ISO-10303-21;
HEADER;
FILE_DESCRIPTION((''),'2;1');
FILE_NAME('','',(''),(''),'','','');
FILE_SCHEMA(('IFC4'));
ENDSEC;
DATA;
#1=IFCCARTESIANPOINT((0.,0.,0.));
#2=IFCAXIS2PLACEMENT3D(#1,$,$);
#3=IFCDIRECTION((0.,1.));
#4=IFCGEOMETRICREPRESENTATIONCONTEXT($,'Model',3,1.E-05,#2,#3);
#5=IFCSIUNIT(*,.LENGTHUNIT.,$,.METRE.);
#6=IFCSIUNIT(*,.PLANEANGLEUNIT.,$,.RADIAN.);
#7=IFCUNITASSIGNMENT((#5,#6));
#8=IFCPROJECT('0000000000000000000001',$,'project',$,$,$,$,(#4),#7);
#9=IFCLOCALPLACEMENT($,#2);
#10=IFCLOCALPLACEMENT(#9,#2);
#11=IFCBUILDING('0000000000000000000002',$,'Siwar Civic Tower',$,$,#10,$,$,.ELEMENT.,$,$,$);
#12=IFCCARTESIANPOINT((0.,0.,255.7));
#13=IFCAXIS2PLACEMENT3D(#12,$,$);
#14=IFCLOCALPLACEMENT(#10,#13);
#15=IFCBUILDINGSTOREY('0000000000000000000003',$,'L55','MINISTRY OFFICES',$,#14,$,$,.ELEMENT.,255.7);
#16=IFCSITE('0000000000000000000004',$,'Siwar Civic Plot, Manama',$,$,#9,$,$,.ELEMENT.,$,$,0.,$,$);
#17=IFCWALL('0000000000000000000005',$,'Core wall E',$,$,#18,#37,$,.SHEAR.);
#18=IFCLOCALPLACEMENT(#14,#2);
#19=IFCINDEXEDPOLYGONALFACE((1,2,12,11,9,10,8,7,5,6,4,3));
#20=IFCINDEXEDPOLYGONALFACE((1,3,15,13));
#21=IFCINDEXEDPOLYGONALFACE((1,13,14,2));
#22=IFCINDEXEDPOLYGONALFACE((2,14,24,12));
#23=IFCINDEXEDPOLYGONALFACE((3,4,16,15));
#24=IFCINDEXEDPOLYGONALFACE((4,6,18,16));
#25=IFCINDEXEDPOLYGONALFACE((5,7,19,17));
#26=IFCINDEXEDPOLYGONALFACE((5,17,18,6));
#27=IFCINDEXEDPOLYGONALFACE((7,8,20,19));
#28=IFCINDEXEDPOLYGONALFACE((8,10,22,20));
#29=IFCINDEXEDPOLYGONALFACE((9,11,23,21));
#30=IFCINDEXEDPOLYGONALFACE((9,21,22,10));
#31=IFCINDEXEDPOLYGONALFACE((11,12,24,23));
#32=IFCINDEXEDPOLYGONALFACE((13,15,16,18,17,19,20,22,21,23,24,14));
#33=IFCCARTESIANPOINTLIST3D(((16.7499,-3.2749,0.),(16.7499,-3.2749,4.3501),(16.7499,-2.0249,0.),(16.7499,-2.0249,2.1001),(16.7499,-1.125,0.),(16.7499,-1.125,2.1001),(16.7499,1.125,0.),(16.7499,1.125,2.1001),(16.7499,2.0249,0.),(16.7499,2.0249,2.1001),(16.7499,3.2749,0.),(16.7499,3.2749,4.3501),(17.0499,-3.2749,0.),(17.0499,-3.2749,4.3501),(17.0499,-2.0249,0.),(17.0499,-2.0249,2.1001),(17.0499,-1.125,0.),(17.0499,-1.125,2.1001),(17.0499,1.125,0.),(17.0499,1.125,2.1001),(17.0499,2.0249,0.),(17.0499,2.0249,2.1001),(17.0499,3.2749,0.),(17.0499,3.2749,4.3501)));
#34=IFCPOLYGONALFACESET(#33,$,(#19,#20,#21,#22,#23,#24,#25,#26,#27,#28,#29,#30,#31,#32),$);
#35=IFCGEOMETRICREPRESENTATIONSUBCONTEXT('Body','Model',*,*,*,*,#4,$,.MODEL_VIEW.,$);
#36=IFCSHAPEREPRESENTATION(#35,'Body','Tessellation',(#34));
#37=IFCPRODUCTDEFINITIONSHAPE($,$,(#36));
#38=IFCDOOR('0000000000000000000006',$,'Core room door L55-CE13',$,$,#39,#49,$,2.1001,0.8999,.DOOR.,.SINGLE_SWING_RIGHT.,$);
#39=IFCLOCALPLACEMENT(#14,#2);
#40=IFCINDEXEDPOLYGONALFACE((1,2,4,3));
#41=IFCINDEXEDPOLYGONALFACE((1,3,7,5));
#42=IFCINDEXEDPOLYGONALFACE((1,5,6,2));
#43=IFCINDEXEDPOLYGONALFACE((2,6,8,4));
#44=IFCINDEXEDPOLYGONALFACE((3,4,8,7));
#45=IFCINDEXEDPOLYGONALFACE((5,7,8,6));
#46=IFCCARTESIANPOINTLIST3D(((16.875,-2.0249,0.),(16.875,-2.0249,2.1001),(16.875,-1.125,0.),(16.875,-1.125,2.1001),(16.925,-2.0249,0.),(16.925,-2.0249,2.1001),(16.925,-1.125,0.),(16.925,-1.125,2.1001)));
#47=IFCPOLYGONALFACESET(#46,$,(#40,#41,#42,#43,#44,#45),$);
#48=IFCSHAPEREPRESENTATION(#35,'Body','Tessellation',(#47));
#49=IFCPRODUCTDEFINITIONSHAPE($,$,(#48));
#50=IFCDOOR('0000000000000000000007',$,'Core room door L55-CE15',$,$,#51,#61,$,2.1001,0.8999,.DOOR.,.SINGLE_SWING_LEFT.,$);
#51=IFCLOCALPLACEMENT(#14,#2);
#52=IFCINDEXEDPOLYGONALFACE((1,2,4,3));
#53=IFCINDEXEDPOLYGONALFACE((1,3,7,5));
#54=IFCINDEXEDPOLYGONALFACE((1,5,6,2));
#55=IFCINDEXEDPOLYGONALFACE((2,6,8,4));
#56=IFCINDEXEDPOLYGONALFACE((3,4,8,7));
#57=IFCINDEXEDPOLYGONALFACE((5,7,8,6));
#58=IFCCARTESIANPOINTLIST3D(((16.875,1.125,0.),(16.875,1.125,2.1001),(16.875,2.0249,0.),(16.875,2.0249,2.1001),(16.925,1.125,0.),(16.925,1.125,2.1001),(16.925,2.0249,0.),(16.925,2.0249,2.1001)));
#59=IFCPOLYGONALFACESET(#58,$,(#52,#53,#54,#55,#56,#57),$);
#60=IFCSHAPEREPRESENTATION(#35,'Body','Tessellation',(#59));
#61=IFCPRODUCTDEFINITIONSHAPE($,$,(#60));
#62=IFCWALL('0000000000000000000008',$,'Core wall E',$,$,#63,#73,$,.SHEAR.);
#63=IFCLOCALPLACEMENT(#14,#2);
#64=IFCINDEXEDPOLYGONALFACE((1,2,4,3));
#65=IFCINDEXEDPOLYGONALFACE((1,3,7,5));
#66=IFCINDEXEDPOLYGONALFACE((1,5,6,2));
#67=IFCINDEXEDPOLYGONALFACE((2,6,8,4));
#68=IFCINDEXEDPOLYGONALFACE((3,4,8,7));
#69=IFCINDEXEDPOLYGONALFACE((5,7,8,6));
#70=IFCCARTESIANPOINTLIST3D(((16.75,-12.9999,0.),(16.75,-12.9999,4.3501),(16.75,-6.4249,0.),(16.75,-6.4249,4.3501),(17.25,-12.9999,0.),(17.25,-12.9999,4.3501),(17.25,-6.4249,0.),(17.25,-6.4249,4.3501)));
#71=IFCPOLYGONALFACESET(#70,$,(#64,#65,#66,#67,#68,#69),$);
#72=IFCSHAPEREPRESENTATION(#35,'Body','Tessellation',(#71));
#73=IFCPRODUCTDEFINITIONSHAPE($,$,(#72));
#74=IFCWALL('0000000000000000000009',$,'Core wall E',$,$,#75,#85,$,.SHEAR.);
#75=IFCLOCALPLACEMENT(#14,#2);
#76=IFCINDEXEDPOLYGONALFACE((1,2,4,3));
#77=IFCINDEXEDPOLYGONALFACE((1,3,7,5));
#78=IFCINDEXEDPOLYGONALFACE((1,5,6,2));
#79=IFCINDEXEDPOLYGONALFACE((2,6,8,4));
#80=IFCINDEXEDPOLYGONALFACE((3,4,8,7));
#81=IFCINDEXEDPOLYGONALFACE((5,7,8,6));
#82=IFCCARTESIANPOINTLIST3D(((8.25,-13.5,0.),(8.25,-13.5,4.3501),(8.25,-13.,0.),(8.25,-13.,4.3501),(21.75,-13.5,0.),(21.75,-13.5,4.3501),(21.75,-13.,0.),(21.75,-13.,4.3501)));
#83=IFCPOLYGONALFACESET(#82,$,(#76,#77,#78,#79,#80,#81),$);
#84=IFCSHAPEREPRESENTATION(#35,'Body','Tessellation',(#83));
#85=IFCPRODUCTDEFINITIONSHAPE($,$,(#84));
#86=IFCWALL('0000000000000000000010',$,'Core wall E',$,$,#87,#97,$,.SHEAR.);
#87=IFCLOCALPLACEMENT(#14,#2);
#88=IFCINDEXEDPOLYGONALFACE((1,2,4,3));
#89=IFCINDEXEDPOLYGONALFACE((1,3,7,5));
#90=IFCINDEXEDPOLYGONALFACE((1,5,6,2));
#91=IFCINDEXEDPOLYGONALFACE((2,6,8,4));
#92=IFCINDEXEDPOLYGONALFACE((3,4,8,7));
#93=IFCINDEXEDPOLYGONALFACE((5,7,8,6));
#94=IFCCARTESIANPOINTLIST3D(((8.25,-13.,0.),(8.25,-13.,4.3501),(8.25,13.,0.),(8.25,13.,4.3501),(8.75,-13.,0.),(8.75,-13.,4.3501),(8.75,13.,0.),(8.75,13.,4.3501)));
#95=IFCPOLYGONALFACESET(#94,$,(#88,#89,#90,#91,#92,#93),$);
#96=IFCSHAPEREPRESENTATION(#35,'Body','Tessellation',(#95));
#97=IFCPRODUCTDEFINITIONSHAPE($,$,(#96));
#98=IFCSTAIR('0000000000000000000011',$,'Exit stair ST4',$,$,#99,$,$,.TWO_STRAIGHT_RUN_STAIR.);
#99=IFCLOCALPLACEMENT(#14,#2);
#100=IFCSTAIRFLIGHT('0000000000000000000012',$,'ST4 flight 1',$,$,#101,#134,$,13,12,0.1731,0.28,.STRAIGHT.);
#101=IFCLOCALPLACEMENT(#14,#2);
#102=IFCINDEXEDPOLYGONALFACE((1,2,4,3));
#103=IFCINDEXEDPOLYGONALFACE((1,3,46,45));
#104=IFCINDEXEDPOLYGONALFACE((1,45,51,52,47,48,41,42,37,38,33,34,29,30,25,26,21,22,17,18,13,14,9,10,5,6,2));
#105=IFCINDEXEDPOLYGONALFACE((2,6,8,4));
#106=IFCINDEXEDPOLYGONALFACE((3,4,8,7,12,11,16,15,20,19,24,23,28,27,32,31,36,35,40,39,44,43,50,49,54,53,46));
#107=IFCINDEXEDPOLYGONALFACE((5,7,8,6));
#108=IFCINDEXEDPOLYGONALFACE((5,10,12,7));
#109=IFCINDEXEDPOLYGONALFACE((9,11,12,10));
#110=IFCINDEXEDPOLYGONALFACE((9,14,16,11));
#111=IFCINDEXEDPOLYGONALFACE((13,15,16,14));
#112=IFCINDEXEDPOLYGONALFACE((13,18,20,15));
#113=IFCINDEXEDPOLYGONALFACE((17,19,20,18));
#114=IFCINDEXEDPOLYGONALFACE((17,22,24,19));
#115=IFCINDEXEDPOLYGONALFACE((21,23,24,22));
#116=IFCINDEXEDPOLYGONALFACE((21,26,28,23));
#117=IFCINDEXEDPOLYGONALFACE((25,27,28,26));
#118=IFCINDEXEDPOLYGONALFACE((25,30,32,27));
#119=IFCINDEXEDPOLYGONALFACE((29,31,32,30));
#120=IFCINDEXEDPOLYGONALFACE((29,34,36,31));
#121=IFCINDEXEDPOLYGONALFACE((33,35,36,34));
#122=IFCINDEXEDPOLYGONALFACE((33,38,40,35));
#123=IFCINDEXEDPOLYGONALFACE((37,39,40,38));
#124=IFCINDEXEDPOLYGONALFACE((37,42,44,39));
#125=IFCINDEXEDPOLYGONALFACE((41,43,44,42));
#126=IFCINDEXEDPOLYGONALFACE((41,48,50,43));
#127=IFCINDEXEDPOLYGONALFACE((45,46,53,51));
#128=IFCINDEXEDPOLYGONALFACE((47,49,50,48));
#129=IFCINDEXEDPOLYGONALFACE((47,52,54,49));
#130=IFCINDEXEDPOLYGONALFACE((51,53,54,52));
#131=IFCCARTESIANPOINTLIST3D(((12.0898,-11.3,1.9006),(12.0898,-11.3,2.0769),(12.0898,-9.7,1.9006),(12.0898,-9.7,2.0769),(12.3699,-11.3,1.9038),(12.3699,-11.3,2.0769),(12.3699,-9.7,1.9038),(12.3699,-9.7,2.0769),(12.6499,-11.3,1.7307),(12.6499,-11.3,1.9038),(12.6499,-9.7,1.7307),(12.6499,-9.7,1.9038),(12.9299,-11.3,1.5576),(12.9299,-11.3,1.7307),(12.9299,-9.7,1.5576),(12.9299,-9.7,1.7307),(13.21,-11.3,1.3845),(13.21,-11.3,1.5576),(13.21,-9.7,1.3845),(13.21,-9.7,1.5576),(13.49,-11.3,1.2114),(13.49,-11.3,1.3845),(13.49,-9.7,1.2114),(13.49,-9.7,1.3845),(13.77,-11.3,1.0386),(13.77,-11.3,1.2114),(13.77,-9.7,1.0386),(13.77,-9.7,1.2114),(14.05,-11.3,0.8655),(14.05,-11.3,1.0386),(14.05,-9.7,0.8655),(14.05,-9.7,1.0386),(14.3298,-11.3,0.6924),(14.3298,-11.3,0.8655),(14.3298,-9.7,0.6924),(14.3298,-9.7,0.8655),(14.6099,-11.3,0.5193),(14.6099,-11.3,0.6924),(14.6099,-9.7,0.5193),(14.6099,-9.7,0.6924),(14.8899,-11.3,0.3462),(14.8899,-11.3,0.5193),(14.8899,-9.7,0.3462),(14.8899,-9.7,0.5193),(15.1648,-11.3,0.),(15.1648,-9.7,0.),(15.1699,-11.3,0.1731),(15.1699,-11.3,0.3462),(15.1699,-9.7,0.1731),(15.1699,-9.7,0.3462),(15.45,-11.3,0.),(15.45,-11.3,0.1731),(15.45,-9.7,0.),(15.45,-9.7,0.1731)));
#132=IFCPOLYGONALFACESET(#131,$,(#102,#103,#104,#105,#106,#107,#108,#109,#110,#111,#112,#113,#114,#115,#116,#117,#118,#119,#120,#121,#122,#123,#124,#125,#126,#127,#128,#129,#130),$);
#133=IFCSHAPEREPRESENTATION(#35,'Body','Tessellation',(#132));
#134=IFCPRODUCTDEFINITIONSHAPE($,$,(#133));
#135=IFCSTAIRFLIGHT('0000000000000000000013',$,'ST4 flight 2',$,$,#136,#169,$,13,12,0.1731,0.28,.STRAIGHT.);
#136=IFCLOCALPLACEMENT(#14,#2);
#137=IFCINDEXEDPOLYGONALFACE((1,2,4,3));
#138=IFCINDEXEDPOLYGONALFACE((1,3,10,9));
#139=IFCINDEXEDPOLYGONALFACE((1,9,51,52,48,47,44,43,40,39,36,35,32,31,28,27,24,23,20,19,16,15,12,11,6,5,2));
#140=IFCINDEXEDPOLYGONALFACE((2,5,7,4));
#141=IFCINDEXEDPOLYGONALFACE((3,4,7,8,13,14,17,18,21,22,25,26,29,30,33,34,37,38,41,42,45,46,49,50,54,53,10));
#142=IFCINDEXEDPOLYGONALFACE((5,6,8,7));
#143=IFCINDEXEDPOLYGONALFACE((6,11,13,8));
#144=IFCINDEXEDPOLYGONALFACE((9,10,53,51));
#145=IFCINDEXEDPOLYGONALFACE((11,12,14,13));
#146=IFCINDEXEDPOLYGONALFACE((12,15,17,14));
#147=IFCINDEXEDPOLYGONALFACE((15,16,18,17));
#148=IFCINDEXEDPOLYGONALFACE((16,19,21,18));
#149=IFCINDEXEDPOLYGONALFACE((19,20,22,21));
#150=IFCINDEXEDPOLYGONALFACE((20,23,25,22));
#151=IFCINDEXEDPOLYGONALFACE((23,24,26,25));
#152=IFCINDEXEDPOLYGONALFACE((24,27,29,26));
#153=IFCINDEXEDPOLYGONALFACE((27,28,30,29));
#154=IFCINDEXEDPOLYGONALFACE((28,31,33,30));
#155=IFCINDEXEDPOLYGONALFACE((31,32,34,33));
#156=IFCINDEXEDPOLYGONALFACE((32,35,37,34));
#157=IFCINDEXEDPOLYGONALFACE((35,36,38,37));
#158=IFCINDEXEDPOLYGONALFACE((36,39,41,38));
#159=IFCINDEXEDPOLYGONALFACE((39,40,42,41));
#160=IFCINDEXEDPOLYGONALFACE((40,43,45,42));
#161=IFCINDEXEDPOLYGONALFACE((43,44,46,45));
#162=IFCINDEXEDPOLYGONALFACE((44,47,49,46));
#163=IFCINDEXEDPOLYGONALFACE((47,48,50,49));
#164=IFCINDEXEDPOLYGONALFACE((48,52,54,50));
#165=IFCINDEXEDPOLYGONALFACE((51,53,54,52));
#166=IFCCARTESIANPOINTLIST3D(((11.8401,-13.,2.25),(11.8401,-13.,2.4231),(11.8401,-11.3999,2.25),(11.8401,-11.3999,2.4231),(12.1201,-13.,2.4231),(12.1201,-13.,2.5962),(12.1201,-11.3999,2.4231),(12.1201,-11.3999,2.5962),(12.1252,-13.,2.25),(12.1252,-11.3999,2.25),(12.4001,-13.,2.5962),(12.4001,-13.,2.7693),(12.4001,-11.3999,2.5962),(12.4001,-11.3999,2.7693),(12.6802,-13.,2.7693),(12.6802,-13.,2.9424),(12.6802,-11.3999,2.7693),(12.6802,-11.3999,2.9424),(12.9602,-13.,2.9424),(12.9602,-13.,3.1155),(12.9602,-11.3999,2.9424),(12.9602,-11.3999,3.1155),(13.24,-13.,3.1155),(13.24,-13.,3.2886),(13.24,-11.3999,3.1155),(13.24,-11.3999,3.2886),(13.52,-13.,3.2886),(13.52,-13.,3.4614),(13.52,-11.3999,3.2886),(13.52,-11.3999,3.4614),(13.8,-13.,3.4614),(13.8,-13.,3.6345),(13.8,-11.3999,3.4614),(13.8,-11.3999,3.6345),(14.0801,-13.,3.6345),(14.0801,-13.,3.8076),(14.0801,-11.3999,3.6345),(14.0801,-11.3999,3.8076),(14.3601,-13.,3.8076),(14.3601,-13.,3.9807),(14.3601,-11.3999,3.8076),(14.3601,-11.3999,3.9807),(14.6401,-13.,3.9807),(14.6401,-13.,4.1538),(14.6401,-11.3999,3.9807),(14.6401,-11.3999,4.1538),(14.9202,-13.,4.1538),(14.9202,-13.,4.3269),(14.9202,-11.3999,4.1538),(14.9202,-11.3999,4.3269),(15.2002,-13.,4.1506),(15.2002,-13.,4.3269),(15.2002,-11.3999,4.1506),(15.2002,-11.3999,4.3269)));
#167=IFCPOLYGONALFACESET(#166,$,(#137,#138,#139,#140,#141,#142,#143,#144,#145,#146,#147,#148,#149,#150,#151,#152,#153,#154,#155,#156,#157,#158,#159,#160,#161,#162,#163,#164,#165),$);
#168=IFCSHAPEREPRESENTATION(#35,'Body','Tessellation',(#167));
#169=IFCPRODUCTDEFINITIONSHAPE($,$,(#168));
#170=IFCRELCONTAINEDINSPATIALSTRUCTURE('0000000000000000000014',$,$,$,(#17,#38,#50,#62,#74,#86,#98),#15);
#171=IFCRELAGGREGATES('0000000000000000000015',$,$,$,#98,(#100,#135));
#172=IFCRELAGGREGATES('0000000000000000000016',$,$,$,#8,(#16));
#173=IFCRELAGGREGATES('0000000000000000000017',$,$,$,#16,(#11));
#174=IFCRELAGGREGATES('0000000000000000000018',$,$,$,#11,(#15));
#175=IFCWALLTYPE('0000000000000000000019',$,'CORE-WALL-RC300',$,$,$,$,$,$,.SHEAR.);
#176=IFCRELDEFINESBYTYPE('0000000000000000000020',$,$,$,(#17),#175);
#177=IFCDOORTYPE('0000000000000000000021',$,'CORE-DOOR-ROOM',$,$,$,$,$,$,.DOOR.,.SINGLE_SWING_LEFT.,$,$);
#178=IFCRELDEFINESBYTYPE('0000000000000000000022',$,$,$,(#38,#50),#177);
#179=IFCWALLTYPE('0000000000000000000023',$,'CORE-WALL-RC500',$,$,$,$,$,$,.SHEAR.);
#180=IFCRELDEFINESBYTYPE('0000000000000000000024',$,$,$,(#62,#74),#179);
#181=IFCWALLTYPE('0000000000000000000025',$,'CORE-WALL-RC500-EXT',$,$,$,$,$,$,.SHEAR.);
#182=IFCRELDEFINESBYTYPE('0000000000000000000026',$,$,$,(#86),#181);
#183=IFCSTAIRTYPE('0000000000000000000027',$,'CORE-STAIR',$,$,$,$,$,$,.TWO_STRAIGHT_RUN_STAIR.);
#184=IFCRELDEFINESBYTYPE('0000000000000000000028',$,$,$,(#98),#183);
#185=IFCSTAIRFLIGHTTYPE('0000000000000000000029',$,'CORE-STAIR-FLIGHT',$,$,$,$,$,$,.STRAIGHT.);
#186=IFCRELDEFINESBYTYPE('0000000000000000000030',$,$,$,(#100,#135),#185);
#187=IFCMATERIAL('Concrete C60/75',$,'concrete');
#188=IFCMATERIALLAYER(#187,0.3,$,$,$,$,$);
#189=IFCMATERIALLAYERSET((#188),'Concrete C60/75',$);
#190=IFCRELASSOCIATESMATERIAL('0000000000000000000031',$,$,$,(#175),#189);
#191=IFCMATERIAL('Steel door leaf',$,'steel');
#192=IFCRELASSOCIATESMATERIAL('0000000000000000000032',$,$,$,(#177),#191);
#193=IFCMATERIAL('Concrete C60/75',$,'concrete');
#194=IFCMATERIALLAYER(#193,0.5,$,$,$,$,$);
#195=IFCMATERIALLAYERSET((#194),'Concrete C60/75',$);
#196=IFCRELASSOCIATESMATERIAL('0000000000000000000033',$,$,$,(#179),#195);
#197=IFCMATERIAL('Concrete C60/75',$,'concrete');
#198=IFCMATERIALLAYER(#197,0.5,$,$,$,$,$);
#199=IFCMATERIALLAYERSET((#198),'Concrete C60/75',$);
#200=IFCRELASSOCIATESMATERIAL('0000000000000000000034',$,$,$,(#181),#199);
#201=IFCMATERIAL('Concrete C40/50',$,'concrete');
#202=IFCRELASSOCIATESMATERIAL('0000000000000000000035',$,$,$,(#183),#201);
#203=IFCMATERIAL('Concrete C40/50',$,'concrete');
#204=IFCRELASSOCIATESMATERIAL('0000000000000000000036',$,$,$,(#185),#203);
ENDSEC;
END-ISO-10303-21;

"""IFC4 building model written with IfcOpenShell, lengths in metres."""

from ifc_helpers import new_model, si_unit, direction, frame, frame_2d, origin, place, context, subcontext, project, spatial, polyline, rectangle, outline, extrude, material, layer, layer_set, type_object, element, fill, aggregate, save


model = new_model("IFC4")

# Units and contexts
model_context = context("Model", 3, precision=1e-05, world=origin(), true_north=direction((0.0, 1.0)))
body_context = subcontext(model_context, "Body", "Model", "MODEL_VIEW")
ifc_project = project(units=[si_unit("LENGTHUNIT", "METRE"), si_unit("PLANEANGLEUNIT", "RADIAN")], contexts=[model_context])

# Site, building, storey
site_placement = place(None, origin())
site = spatial("IfcSite", under=ifc_project, at=site_placement, Name="Siwar Civic Plot, Manama", CompositionType="ELEMENT", RefElevation=0.0)
building_placement = place(site_placement, origin())
building = spatial("IfcBuilding", under=site, at=building_placement, Name="Siwar Civic Tower", CompositionType="ELEMENT")
storey_placement = place(building_placement, frame((0.0, 0.0, 255.7)))
storey = spatial("IfcBuildingStorey", under=building, at=storey_placement, Name="L55", Description="MINISTRY OFFICES", CompositionType="ELEMENT", Elevation=255.7)

# Wall, openings, doors
ifc_material_1 = material(Name="Concrete C60/75", Category="concrete")
ifc_layer_1 = layer(ifc_material_1, 0.3)
ifc_layer_set_1 = layer_set([ifc_layer_1], Name="Concrete C60/75")
wall_type_1 = type_object("IfcWallType", Name="CORE-WALL-RC300", PredefinedType="SHEAR", material=ifc_layer_set_1)
wall_1_placement = place(storey_placement, frame((16.8999, -3.2749, 0.0), z_axis=(0.0, 0.0, 1.0), x_axis=(0.0, 1.0, 0.0)))
wall_1 = element("IfcWall", 1, at=wall_1_placement, inside=storey, type_object=wall_type_1, Name="Core wall E", PredefinedType="SHEAR", context=body_context, shape_type="SweptSolid", body=[
    extrude(rectangle(XDim=6.5498, YDim=0.3, at=frame_2d((3.2749, 0.0))), origin(), (0.0, 0.0, 1.0), 4.3501),
])
opening_1_placement = place(wall_1_placement, frame((1.25, 0.0, 0.0)))
opening_1 = element("IfcOpeningElement", 2, at=opening_1_placement, cuts=wall_1, PredefinedType="OPENING", context=body_context, shape_type="SweptSolid", body=[
    extrude(rectangle(XDim=0.8999, YDim=2.1001, at=frame_2d((0.45, 1.05))), frame((0.0, 0.1602, 0.0), z_axis=(0.0, -1.0, 0.0), x_axis=(1.0, 0.0, 0.0)), (0.0, 0.0, 1.0), 0.3201),
])
opening_2_placement = place(wall_1_placement, frame((4.3999, 0.0, 0.0)))
opening_2 = element("IfcOpeningElement", 3, at=opening_2_placement, cuts=wall_1, PredefinedType="OPENING", context=body_context, shape_type="SweptSolid", body=[
    extrude(rectangle(XDim=0.8999, YDim=2.1001, at=frame_2d((0.45, 1.05))), frame((0.0, 0.1602, 0.0), z_axis=(0.0, -1.0, 0.0), x_axis=(1.0, 0.0, 0.0)), (0.0, 0.0, 1.0), 0.3201),
])
ifc_material_2 = material(Name="Steel door leaf", Category="steel")
door_type_1 = type_object("IfcDoorType", Name="CORE-DOOR-ROOM", OperationType="SINGLE_SWING_LEFT", PredefinedType="DOOR", material=ifc_material_2)
door_1_placement = place(opening_1_placement, origin())
door_1 = element("IfcDoor", 4, at=door_1_placement, inside=storey, type_object=door_type_1, Name="Core room door L55-CE13", OperationType="SINGLE_SWING_RIGHT", OverallHeight=2.1001, OverallWidth=0.8999, PredefinedType="DOOR", context=body_context, shape_type="SweptSolid", body=[
    extrude(rectangle(XDim=0.8999, YDim=2.1001, at=frame_2d((0.45, 1.05))), frame((0.0, 0.0249, 0.0), z_axis=(0.0, -1.0, 0.0), x_axis=(1.0, 0.0, 0.0)), (0.0, 0.0, 1.0), 0.05),
])
fill(opening_1, door_1)
door_2_placement = place(opening_2_placement, origin())
door_2 = element("IfcDoor", 5, at=door_2_placement, inside=storey, type_object=door_type_1, Name="Core room door L55-CE15", OperationType="SINGLE_SWING_LEFT", OverallHeight=2.1001, OverallWidth=0.8999, PredefinedType="DOOR", context=body_context, shape_type="SweptSolid", body=[
    extrude(rectangle(XDim=0.8999, YDim=2.1001, at=frame_2d((0.45, 1.05))), frame((0.0, 0.0249, 0.0), z_axis=(0.0, -1.0, 0.0), x_axis=(1.0, 0.0, 0.0)), (0.0, 0.0, 1.0), 0.05),
])
fill(opening_2, door_2)

# Walls
ifc_material_3 = material(Name="Concrete C60/75", Category="concrete")
ifc_layer_2 = layer(ifc_material_3, 0.5)
ifc_layer_set_2 = layer_set([ifc_layer_2], Name="Concrete C60/75")
wall_type_2 = type_object("IfcWallType", Name="CORE-WALL-RC500", PredefinedType="SHEAR", material=ifc_layer_set_2)
wall_2_placement = place(storey_placement, frame((17.0, -13.0, 0.0), z_axis=(0.0, 0.0, 1.0), x_axis=(0.0, 1.0, 0.0)))
element("IfcWall", 6, at=wall_2_placement, inside=storey, type_object=wall_type_2, Name="Core wall E", PredefinedType="SHEAR", context=body_context, shape_type="SweptSolid", body=[
    extrude(rectangle(XDim=6.575, YDim=0.5, at=frame_2d((3.2876, 0.0))), origin(), (0.0, 0.0, 1.0), 4.3501),
])
wall_3_placement = place(storey_placement, frame((8.25, -13.25, 0.0), z_axis=(0.0, 0.0, 1.0), x_axis=(1.0, 0.0, 0.0)))
element("IfcWall", 7, at=wall_3_placement, inside=storey, type_object=wall_type_2, Name="Core wall E", PredefinedType="SHEAR", context=body_context, shape_type="SweptSolid", body=[
    extrude(rectangle(XDim=13.5, YDim=0.5, at=frame_2d((6.75, 0.0))), origin(), (0.0, 0.0, 1.0), 4.3501),
])
ifc_material_4 = material(Name="Concrete C60/75", Category="concrete")
ifc_layer_3 = layer(ifc_material_4, 0.5)
ifc_layer_set_3 = layer_set([ifc_layer_3], Name="Concrete C60/75")
wall_type_3 = type_object("IfcWallType", Name="CORE-WALL-RC500-EXT", PredefinedType="SHEAR", material=ifc_layer_set_3)
wall_4_placement = place(storey_placement, frame((8.5, -13.0, 0.0), z_axis=(0.0, 0.0, 1.0), x_axis=(0.0, 1.0, 0.0)))
element("IfcWall", 8, at=wall_4_placement, inside=storey, type_object=wall_type_3, Name="Core wall E", PredefinedType="SHEAR", context=body_context, shape_type="SweptSolid", body=[
    extrude(rectangle(XDim=26.0, YDim=0.5, at=frame_2d((13.0, 0.0))), origin(), (0.0, 0.0, 1.0), 4.3501),
])

# Stair, stair flights
ifc_material_5 = material(Name="Concrete C40/50", Category="concrete")
stair_type = type_object("IfcStairType", Name="CORE-STAIR", PredefinedType="TWO_STRAIGHT_RUN_STAIR", material=ifc_material_5)
stair_placement = place(storey_placement, origin())
stair = element("IfcStair", 9, at=stair_placement, inside=storey, type_object=stair_type, Name="Exit stair ST4", PredefinedType="TWO_STRAIGHT_RUN_STAIR")
ifc_material_6 = material(Name="Concrete C40/50", Category="concrete")
stair_flight_type = type_object("IfcStairFlightType", Name="CORE-STAIR-FLIGHT", PredefinedType="STRAIGHT", material=ifc_material_6)
stair_flight_1_placement = place(storey_placement, frame((15.45, -10.5, 0.0), z_axis=(0.0, 0.0, 1.0), x_axis=(-1.0, 0.0, 0.0)))
stair_flight_1 = element("IfcStairFlight", 10, at=stair_flight_1_placement, type_object=stair_flight_type, Name="ST4 flight 1", NumberOfRisers=13, NumberOfTreads=12, PredefinedType="STRAIGHT", RiserHeight=0.1731, TreadLength=0.28, context=body_context, shape_type="SweptSolid", body=[
    extrude(outline(polyline([(0.0, 0.0), (0.0, 0.1731), (0.28, 0.1731), (0.28, 0.3462), (0.5601, 0.3462), (0.5601, 0.5193), (0.8401, 0.5193), (0.8401, 0.6924), (1.1201, 0.6924), (1.1201, 0.8655), (1.3999, 0.8655), (1.3999, 1.0386), (1.6799, 1.0386), (1.6799, 1.2114), (1.96, 1.2114), (1.96, 1.3845), (2.24, 1.3845), (2.24, 1.5576), (2.52, 1.5576), (2.52, 1.7307), (2.8, 1.7307), (2.8, 1.9038), (3.0801, 1.9038), (3.0801, 2.0769), (3.3601, 2.0769), (3.3601, 2.25), (3.3601, 1.9006), (0.2852, 0.0), (0.0, 0.0)])), frame((0.0, 0.8, 0.0), z_axis=(0.0, -1.0, 0.0), x_axis=(1.0, 0.0, 0.0)), (0.0, 0.0, 1.0), 1.6001),
])
stair_flight_2_placement = place(storey_placement, frame((11.8401, -12.2, 2.25), z_axis=(0.0, 0.0, 1.0), x_axis=(1.0, 0.0, 0.0)))
stair_flight_2 = element("IfcStairFlight", 11, at=stair_flight_2_placement, type_object=stair_flight_type, Name="ST4 flight 2", NumberOfRisers=13, NumberOfTreads=12, PredefinedType="STRAIGHT", RiserHeight=0.1731, TreadLength=0.28, context=body_context, shape_type="SweptSolid", body=[
    extrude(outline(polyline([(0.0, 0.0), (0.0, 0.1731), (0.28, 0.1731), (0.28, 0.3462), (0.5601, 0.3462), (0.5601, 0.5193), (0.8401, 0.5193), (0.8401, 0.6924), (1.1201, 0.6924), (1.1201, 0.8655), (1.3999, 0.8655), (1.3999, 1.0386), (1.6799, 1.0386), (1.6799, 1.2114), (1.96, 1.2114), (1.96, 1.3845), (2.24, 1.3845), (2.24, 1.5576), (2.52, 1.5576), (2.52, 1.7307), (2.8, 1.7307), (2.8, 1.9038), (3.0801, 1.9038), (3.0801, 2.0769), (3.3601, 2.0769), (3.3601, 2.25), (3.3601, 1.9006), (0.2852, 0.0), (0.0, 0.0)])), frame((0.0, 0.8, 0.0), z_axis=(0.0, -1.0, 0.0), x_axis=(1.0, 0.0, 0.0)), (0.0, 0.0, 1.0), 1.6001),
])
aggregate(stair, [stair_flight_1, stair_flight_2])

save(model, "model.ifc")
